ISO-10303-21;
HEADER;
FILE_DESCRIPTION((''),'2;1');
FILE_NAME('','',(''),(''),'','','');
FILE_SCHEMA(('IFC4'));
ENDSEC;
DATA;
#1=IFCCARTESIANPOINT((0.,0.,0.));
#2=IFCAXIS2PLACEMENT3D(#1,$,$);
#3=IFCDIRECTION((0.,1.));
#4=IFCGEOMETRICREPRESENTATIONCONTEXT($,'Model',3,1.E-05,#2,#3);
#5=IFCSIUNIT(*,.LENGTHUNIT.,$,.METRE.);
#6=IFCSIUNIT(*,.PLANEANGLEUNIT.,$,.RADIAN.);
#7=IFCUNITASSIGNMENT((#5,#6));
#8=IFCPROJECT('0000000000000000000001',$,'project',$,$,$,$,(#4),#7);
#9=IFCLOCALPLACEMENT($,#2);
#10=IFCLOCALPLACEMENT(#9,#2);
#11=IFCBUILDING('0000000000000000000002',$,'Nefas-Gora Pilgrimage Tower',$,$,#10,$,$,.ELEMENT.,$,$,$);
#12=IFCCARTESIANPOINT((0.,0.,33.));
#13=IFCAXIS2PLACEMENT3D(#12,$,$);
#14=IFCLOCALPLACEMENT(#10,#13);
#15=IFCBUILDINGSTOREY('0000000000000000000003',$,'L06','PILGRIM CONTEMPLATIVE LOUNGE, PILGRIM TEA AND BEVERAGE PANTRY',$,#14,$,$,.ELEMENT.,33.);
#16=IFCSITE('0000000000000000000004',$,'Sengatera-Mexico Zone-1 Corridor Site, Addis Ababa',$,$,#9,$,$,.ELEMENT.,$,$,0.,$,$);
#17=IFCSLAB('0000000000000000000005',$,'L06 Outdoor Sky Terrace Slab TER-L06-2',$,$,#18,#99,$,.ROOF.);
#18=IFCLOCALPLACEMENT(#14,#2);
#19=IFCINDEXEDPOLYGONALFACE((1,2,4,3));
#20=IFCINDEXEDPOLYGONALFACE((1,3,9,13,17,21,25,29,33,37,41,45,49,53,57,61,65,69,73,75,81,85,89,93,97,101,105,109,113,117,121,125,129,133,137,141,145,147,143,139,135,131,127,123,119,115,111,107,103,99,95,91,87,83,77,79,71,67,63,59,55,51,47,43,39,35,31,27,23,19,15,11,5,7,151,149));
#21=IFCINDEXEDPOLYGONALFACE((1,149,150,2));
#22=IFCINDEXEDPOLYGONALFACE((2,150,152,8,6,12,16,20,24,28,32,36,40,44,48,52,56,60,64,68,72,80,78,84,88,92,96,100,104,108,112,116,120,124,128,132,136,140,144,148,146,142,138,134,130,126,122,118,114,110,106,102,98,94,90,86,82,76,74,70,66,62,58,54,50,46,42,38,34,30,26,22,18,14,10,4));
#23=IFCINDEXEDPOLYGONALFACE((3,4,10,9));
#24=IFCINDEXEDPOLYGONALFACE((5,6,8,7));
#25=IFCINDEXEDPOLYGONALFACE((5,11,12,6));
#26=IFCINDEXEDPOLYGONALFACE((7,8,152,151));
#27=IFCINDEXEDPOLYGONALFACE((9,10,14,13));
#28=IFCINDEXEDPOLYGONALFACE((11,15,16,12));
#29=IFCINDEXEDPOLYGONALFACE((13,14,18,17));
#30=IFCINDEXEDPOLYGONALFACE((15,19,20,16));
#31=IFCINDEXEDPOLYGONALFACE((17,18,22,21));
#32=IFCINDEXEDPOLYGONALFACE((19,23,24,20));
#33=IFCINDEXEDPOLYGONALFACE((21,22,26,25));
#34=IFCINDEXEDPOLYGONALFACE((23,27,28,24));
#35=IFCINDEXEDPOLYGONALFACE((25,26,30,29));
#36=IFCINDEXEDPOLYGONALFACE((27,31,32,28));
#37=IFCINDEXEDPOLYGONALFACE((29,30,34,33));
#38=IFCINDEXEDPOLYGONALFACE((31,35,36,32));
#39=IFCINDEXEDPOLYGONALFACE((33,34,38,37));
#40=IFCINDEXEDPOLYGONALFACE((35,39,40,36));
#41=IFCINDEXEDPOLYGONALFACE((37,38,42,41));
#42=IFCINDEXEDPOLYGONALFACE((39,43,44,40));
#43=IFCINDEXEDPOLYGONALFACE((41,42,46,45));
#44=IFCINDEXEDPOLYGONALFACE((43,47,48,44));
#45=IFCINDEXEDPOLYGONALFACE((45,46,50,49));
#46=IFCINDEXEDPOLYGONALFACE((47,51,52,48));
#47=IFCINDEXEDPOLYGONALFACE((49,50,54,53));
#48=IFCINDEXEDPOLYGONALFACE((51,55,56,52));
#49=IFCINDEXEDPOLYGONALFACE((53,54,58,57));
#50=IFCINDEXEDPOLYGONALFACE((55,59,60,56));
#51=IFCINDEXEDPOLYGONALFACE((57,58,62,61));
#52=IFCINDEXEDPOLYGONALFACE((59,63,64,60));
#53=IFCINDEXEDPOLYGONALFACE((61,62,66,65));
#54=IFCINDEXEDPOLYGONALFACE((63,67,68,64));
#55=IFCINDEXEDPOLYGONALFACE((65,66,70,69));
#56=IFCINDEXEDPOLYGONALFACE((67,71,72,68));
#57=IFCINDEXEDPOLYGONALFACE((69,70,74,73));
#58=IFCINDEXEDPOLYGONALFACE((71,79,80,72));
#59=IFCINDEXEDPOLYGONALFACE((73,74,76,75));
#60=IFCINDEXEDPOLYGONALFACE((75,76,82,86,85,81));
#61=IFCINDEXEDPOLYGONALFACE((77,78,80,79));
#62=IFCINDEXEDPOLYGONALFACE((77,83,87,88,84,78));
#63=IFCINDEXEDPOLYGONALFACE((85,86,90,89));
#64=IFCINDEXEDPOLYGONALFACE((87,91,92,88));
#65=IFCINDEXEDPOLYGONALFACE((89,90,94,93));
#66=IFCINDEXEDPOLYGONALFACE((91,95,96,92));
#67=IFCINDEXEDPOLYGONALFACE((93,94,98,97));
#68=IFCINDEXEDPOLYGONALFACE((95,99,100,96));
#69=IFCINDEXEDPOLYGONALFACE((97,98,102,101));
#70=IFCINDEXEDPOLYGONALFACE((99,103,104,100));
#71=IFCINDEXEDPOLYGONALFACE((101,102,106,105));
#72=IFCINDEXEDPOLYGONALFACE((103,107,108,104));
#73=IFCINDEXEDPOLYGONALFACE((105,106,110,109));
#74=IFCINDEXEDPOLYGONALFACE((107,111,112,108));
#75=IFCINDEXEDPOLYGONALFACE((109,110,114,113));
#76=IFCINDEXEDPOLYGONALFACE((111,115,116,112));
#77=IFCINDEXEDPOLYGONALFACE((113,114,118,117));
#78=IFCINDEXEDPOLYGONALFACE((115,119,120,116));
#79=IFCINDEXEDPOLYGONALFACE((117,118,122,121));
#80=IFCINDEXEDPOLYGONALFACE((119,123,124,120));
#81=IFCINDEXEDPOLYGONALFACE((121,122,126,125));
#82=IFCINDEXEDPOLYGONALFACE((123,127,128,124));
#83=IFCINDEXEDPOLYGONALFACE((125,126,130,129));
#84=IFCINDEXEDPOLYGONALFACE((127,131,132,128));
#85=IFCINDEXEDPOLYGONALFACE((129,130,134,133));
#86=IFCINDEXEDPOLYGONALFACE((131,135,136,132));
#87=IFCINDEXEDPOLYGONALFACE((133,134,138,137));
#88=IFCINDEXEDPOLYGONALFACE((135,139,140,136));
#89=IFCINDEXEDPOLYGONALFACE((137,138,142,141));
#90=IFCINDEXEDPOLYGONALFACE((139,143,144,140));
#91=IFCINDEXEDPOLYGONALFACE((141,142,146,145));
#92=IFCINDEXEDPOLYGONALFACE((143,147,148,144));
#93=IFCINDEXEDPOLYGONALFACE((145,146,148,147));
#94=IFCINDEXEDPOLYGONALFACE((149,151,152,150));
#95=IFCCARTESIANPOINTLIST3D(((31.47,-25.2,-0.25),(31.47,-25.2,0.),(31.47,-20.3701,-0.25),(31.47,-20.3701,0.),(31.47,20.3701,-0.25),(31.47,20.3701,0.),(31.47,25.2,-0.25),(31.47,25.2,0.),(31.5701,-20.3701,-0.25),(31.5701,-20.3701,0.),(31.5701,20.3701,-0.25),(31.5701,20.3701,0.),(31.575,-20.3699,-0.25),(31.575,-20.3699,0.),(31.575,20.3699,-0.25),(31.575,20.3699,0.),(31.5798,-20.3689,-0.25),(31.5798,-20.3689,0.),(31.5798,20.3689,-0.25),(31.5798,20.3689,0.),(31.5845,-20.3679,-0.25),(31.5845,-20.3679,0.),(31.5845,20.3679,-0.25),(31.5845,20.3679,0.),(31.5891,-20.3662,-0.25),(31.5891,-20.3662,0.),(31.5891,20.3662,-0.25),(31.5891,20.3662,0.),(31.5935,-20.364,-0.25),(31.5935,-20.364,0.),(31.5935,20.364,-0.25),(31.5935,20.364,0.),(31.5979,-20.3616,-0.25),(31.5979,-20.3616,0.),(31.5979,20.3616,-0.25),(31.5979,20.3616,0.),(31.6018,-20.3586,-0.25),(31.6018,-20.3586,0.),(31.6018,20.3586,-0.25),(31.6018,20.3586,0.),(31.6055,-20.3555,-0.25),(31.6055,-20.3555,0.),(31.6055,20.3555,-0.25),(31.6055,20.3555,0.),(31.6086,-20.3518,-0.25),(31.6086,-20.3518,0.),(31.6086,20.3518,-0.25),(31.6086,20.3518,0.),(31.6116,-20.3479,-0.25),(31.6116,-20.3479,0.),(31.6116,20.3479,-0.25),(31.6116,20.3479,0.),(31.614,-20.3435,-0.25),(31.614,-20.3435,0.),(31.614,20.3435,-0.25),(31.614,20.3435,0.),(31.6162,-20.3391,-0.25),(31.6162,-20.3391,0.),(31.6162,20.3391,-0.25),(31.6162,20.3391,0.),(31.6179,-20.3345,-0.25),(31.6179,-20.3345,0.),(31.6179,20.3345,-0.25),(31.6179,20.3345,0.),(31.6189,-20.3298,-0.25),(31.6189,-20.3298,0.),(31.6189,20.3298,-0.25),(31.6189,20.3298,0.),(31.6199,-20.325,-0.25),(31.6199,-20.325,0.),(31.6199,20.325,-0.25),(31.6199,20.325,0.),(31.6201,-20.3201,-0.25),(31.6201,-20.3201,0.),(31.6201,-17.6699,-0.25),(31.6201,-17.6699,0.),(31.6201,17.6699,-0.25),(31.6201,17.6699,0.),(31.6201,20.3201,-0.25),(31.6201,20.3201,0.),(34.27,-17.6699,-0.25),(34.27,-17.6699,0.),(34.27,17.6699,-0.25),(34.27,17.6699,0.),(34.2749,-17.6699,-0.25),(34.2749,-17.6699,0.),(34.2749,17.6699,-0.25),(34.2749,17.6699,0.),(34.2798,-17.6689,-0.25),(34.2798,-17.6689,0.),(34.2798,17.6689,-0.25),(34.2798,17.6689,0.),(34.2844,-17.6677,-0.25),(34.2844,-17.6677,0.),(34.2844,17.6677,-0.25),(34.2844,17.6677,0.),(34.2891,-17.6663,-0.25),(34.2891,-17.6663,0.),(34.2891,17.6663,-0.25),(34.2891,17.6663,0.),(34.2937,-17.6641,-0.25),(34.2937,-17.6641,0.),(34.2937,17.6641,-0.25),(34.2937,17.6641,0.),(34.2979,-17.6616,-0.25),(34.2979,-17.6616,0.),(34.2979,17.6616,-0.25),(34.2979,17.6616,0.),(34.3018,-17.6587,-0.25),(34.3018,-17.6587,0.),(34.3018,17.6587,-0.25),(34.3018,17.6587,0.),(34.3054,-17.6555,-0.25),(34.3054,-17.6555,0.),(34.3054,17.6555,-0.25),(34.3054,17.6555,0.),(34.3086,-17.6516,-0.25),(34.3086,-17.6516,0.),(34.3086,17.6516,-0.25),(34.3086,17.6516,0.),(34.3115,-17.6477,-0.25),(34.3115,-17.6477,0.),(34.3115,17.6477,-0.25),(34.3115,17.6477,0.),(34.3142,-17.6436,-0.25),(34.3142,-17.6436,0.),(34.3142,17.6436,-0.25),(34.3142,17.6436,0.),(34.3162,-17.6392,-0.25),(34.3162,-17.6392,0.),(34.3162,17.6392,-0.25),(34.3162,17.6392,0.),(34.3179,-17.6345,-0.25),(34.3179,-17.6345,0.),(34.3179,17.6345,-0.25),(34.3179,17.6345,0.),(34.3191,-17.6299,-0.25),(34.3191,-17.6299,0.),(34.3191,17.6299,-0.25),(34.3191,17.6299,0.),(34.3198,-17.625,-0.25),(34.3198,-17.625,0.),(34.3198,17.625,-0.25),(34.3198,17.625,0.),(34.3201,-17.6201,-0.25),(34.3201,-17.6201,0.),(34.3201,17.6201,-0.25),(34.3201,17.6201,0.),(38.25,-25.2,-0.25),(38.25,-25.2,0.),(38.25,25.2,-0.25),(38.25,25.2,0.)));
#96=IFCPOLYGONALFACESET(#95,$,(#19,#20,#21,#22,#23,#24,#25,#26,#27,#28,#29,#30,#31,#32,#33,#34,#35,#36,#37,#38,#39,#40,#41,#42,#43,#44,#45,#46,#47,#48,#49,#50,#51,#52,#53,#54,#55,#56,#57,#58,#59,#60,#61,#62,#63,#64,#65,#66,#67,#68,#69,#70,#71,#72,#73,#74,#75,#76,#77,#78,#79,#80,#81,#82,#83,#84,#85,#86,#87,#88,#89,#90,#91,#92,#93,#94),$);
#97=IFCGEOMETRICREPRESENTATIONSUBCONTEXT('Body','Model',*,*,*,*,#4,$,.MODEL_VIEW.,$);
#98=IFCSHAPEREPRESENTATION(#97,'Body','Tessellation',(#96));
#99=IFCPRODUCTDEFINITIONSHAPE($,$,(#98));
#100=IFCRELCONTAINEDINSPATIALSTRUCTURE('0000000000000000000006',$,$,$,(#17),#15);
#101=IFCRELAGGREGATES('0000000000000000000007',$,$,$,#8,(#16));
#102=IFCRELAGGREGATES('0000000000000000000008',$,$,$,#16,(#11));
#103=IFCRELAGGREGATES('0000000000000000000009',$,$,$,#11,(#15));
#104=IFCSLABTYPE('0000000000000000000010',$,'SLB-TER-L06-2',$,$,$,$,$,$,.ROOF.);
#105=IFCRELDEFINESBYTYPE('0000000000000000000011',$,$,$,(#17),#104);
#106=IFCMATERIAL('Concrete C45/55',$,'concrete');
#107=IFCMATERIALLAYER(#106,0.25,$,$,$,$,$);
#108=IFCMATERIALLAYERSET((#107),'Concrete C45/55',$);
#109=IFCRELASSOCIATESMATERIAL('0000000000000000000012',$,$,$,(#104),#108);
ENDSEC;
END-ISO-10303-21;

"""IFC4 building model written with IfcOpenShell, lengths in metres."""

from ifc_helpers import new_model, si_unit, direction, frame, origin, place, context, subcontext, project, spatial, polyline, outline, extrude, material, layer, layer_set, type_object, element, save


model = new_model("IFC4")

# Units and contexts
model_context = context("Model", 3, precision=1e-05, world=origin(), true_north=direction((0.0, 1.0)))
body_context = subcontext(model_context, "Body", "Model", "MODEL_VIEW")
ifc_project = project(units=[si_unit("LENGTHUNIT", "METRE"), si_unit("PLANEANGLEUNIT", "RADIAN")], contexts=[model_context])

# Site, building, storey
site_placement = place(None, origin())
site = spatial("IfcSite", under=ifc_project, at=site_placement, Name="Sengatera-Mexico Zone-1 Corridor Site, Addis Ababa", CompositionType="ELEMENT", RefElevation=0.0)
building_placement = place(site_placement, origin())
building = spatial("IfcBuilding", under=site, at=building_placement, Name="Nefas-Gora Pilgrimage Tower", CompositionType="ELEMENT")
storey_placement = place(building_placement, frame((0.0, 0.0, 33.0)))
storey = spatial("IfcBuildingStorey", under=building, at=storey_placement, Name="L06", Description="PILGRIM CONTEMPLATIVE LOUNGE, PILGRIM TEA AND BEVERAGE PANTRY", CompositionType="ELEMENT", Elevation=33.0)

# Slab
ifc_material_1 = material(Name="Concrete C45/55", Category="concrete")
ifc_layer_1 = layer(ifc_material_1, 0.25)
ifc_layer_set_1 = layer_set([ifc_layer_1], Name="Concrete C45/55")
slab_type_1 = type_object("IfcSlabType", Name="SLB-TER-L06-2", PredefinedType="ROOF", material=ifc_layer_set_1)
slab_1_placement = place(storey_placement, frame((0.0, 0.0, -0.25)))
element("IfcSlab", 1, at=slab_1_placement, inside=storey, type_object=slab_type_1, Name="L06 Outdoor Sky Terrace Slab TER-L06-2", PredefinedType="ROOF", context=body_context, shape_type="SweptSolid", body=[
    extrude(outline(polyline([(31.47, 25.2), (31.47, 20.3701), (31.5701, 20.3701), (31.575, 20.3699), (31.5798, 20.3689), (31.5845, 20.3679), (31.5891, 20.3662), (31.5935, 20.364), (31.5979, 20.3616), (31.6018, 20.3586), (31.6055, 20.3555), (31.6086, 20.3518), (31.6116, 20.3479), (31.614, 20.3435), (31.6162, 20.3391), (31.6179, 20.3345), (31.6189, 20.3298), (31.6199, 20.325), (31.6201, 20.3201), (31.6201, 17.6699), (34.27, 17.6699), (34.2749, 17.6699), (34.2798, 17.6689), (34.2844, 17.6677), (34.2891, 17.6663), (34.2937, 17.6641), (34.2979, 17.6616), (34.3018, 17.6587), (34.3054, 17.6555), (34.3086, 17.6516), (34.3115, 17.6477), (34.3142, 17.6436), (34.3162, 17.6392), (34.3179, 17.6345), (34.3191, 17.6299), (34.3198, 17.625), (34.3201, 17.6201), (34.3201, -17.6201), (34.3198, -17.625), (34.3191, -17.6299), (34.3179, -17.6345), (34.3162, -17.6392), (34.3142, -17.6436), (34.3115, -17.6477), (34.3086, -17.6516), (34.3054, -17.6555), (34.3018, -17.6587), (34.2979, -17.6616), (34.2937, -17.6641), (34.2891, -17.6663), (34.2844, -17.6677), (34.2798, -17.6689), (34.2749, -17.6699), (34.27, -17.6699), (31.6201, -17.6699), (31.6201, -20.3201), (31.6199, -20.325), (31.6189, -20.3298), (31.6179, -20.3345), (31.6162, -20.3391), (31.614, -20.3435), (31.6116, -20.3479), (31.6086, -20.3518), (31.6055, -20.3555), (31.6018, -20.3586), (31.5979, -20.3616), (31.5935, -20.364), (31.5891, -20.3662), (31.5845, -20.3679), (31.5798, -20.3689), (31.575, -20.3699), (31.5701, -20.3701), (31.47, -20.3701), (31.47, -25.2), (38.25, -25.2), (38.25, 25.2), (31.47, 25.2)])), origin(), (0.0, 0.0, 1.0), 0.25),
])

save(model, "model.ifc")
